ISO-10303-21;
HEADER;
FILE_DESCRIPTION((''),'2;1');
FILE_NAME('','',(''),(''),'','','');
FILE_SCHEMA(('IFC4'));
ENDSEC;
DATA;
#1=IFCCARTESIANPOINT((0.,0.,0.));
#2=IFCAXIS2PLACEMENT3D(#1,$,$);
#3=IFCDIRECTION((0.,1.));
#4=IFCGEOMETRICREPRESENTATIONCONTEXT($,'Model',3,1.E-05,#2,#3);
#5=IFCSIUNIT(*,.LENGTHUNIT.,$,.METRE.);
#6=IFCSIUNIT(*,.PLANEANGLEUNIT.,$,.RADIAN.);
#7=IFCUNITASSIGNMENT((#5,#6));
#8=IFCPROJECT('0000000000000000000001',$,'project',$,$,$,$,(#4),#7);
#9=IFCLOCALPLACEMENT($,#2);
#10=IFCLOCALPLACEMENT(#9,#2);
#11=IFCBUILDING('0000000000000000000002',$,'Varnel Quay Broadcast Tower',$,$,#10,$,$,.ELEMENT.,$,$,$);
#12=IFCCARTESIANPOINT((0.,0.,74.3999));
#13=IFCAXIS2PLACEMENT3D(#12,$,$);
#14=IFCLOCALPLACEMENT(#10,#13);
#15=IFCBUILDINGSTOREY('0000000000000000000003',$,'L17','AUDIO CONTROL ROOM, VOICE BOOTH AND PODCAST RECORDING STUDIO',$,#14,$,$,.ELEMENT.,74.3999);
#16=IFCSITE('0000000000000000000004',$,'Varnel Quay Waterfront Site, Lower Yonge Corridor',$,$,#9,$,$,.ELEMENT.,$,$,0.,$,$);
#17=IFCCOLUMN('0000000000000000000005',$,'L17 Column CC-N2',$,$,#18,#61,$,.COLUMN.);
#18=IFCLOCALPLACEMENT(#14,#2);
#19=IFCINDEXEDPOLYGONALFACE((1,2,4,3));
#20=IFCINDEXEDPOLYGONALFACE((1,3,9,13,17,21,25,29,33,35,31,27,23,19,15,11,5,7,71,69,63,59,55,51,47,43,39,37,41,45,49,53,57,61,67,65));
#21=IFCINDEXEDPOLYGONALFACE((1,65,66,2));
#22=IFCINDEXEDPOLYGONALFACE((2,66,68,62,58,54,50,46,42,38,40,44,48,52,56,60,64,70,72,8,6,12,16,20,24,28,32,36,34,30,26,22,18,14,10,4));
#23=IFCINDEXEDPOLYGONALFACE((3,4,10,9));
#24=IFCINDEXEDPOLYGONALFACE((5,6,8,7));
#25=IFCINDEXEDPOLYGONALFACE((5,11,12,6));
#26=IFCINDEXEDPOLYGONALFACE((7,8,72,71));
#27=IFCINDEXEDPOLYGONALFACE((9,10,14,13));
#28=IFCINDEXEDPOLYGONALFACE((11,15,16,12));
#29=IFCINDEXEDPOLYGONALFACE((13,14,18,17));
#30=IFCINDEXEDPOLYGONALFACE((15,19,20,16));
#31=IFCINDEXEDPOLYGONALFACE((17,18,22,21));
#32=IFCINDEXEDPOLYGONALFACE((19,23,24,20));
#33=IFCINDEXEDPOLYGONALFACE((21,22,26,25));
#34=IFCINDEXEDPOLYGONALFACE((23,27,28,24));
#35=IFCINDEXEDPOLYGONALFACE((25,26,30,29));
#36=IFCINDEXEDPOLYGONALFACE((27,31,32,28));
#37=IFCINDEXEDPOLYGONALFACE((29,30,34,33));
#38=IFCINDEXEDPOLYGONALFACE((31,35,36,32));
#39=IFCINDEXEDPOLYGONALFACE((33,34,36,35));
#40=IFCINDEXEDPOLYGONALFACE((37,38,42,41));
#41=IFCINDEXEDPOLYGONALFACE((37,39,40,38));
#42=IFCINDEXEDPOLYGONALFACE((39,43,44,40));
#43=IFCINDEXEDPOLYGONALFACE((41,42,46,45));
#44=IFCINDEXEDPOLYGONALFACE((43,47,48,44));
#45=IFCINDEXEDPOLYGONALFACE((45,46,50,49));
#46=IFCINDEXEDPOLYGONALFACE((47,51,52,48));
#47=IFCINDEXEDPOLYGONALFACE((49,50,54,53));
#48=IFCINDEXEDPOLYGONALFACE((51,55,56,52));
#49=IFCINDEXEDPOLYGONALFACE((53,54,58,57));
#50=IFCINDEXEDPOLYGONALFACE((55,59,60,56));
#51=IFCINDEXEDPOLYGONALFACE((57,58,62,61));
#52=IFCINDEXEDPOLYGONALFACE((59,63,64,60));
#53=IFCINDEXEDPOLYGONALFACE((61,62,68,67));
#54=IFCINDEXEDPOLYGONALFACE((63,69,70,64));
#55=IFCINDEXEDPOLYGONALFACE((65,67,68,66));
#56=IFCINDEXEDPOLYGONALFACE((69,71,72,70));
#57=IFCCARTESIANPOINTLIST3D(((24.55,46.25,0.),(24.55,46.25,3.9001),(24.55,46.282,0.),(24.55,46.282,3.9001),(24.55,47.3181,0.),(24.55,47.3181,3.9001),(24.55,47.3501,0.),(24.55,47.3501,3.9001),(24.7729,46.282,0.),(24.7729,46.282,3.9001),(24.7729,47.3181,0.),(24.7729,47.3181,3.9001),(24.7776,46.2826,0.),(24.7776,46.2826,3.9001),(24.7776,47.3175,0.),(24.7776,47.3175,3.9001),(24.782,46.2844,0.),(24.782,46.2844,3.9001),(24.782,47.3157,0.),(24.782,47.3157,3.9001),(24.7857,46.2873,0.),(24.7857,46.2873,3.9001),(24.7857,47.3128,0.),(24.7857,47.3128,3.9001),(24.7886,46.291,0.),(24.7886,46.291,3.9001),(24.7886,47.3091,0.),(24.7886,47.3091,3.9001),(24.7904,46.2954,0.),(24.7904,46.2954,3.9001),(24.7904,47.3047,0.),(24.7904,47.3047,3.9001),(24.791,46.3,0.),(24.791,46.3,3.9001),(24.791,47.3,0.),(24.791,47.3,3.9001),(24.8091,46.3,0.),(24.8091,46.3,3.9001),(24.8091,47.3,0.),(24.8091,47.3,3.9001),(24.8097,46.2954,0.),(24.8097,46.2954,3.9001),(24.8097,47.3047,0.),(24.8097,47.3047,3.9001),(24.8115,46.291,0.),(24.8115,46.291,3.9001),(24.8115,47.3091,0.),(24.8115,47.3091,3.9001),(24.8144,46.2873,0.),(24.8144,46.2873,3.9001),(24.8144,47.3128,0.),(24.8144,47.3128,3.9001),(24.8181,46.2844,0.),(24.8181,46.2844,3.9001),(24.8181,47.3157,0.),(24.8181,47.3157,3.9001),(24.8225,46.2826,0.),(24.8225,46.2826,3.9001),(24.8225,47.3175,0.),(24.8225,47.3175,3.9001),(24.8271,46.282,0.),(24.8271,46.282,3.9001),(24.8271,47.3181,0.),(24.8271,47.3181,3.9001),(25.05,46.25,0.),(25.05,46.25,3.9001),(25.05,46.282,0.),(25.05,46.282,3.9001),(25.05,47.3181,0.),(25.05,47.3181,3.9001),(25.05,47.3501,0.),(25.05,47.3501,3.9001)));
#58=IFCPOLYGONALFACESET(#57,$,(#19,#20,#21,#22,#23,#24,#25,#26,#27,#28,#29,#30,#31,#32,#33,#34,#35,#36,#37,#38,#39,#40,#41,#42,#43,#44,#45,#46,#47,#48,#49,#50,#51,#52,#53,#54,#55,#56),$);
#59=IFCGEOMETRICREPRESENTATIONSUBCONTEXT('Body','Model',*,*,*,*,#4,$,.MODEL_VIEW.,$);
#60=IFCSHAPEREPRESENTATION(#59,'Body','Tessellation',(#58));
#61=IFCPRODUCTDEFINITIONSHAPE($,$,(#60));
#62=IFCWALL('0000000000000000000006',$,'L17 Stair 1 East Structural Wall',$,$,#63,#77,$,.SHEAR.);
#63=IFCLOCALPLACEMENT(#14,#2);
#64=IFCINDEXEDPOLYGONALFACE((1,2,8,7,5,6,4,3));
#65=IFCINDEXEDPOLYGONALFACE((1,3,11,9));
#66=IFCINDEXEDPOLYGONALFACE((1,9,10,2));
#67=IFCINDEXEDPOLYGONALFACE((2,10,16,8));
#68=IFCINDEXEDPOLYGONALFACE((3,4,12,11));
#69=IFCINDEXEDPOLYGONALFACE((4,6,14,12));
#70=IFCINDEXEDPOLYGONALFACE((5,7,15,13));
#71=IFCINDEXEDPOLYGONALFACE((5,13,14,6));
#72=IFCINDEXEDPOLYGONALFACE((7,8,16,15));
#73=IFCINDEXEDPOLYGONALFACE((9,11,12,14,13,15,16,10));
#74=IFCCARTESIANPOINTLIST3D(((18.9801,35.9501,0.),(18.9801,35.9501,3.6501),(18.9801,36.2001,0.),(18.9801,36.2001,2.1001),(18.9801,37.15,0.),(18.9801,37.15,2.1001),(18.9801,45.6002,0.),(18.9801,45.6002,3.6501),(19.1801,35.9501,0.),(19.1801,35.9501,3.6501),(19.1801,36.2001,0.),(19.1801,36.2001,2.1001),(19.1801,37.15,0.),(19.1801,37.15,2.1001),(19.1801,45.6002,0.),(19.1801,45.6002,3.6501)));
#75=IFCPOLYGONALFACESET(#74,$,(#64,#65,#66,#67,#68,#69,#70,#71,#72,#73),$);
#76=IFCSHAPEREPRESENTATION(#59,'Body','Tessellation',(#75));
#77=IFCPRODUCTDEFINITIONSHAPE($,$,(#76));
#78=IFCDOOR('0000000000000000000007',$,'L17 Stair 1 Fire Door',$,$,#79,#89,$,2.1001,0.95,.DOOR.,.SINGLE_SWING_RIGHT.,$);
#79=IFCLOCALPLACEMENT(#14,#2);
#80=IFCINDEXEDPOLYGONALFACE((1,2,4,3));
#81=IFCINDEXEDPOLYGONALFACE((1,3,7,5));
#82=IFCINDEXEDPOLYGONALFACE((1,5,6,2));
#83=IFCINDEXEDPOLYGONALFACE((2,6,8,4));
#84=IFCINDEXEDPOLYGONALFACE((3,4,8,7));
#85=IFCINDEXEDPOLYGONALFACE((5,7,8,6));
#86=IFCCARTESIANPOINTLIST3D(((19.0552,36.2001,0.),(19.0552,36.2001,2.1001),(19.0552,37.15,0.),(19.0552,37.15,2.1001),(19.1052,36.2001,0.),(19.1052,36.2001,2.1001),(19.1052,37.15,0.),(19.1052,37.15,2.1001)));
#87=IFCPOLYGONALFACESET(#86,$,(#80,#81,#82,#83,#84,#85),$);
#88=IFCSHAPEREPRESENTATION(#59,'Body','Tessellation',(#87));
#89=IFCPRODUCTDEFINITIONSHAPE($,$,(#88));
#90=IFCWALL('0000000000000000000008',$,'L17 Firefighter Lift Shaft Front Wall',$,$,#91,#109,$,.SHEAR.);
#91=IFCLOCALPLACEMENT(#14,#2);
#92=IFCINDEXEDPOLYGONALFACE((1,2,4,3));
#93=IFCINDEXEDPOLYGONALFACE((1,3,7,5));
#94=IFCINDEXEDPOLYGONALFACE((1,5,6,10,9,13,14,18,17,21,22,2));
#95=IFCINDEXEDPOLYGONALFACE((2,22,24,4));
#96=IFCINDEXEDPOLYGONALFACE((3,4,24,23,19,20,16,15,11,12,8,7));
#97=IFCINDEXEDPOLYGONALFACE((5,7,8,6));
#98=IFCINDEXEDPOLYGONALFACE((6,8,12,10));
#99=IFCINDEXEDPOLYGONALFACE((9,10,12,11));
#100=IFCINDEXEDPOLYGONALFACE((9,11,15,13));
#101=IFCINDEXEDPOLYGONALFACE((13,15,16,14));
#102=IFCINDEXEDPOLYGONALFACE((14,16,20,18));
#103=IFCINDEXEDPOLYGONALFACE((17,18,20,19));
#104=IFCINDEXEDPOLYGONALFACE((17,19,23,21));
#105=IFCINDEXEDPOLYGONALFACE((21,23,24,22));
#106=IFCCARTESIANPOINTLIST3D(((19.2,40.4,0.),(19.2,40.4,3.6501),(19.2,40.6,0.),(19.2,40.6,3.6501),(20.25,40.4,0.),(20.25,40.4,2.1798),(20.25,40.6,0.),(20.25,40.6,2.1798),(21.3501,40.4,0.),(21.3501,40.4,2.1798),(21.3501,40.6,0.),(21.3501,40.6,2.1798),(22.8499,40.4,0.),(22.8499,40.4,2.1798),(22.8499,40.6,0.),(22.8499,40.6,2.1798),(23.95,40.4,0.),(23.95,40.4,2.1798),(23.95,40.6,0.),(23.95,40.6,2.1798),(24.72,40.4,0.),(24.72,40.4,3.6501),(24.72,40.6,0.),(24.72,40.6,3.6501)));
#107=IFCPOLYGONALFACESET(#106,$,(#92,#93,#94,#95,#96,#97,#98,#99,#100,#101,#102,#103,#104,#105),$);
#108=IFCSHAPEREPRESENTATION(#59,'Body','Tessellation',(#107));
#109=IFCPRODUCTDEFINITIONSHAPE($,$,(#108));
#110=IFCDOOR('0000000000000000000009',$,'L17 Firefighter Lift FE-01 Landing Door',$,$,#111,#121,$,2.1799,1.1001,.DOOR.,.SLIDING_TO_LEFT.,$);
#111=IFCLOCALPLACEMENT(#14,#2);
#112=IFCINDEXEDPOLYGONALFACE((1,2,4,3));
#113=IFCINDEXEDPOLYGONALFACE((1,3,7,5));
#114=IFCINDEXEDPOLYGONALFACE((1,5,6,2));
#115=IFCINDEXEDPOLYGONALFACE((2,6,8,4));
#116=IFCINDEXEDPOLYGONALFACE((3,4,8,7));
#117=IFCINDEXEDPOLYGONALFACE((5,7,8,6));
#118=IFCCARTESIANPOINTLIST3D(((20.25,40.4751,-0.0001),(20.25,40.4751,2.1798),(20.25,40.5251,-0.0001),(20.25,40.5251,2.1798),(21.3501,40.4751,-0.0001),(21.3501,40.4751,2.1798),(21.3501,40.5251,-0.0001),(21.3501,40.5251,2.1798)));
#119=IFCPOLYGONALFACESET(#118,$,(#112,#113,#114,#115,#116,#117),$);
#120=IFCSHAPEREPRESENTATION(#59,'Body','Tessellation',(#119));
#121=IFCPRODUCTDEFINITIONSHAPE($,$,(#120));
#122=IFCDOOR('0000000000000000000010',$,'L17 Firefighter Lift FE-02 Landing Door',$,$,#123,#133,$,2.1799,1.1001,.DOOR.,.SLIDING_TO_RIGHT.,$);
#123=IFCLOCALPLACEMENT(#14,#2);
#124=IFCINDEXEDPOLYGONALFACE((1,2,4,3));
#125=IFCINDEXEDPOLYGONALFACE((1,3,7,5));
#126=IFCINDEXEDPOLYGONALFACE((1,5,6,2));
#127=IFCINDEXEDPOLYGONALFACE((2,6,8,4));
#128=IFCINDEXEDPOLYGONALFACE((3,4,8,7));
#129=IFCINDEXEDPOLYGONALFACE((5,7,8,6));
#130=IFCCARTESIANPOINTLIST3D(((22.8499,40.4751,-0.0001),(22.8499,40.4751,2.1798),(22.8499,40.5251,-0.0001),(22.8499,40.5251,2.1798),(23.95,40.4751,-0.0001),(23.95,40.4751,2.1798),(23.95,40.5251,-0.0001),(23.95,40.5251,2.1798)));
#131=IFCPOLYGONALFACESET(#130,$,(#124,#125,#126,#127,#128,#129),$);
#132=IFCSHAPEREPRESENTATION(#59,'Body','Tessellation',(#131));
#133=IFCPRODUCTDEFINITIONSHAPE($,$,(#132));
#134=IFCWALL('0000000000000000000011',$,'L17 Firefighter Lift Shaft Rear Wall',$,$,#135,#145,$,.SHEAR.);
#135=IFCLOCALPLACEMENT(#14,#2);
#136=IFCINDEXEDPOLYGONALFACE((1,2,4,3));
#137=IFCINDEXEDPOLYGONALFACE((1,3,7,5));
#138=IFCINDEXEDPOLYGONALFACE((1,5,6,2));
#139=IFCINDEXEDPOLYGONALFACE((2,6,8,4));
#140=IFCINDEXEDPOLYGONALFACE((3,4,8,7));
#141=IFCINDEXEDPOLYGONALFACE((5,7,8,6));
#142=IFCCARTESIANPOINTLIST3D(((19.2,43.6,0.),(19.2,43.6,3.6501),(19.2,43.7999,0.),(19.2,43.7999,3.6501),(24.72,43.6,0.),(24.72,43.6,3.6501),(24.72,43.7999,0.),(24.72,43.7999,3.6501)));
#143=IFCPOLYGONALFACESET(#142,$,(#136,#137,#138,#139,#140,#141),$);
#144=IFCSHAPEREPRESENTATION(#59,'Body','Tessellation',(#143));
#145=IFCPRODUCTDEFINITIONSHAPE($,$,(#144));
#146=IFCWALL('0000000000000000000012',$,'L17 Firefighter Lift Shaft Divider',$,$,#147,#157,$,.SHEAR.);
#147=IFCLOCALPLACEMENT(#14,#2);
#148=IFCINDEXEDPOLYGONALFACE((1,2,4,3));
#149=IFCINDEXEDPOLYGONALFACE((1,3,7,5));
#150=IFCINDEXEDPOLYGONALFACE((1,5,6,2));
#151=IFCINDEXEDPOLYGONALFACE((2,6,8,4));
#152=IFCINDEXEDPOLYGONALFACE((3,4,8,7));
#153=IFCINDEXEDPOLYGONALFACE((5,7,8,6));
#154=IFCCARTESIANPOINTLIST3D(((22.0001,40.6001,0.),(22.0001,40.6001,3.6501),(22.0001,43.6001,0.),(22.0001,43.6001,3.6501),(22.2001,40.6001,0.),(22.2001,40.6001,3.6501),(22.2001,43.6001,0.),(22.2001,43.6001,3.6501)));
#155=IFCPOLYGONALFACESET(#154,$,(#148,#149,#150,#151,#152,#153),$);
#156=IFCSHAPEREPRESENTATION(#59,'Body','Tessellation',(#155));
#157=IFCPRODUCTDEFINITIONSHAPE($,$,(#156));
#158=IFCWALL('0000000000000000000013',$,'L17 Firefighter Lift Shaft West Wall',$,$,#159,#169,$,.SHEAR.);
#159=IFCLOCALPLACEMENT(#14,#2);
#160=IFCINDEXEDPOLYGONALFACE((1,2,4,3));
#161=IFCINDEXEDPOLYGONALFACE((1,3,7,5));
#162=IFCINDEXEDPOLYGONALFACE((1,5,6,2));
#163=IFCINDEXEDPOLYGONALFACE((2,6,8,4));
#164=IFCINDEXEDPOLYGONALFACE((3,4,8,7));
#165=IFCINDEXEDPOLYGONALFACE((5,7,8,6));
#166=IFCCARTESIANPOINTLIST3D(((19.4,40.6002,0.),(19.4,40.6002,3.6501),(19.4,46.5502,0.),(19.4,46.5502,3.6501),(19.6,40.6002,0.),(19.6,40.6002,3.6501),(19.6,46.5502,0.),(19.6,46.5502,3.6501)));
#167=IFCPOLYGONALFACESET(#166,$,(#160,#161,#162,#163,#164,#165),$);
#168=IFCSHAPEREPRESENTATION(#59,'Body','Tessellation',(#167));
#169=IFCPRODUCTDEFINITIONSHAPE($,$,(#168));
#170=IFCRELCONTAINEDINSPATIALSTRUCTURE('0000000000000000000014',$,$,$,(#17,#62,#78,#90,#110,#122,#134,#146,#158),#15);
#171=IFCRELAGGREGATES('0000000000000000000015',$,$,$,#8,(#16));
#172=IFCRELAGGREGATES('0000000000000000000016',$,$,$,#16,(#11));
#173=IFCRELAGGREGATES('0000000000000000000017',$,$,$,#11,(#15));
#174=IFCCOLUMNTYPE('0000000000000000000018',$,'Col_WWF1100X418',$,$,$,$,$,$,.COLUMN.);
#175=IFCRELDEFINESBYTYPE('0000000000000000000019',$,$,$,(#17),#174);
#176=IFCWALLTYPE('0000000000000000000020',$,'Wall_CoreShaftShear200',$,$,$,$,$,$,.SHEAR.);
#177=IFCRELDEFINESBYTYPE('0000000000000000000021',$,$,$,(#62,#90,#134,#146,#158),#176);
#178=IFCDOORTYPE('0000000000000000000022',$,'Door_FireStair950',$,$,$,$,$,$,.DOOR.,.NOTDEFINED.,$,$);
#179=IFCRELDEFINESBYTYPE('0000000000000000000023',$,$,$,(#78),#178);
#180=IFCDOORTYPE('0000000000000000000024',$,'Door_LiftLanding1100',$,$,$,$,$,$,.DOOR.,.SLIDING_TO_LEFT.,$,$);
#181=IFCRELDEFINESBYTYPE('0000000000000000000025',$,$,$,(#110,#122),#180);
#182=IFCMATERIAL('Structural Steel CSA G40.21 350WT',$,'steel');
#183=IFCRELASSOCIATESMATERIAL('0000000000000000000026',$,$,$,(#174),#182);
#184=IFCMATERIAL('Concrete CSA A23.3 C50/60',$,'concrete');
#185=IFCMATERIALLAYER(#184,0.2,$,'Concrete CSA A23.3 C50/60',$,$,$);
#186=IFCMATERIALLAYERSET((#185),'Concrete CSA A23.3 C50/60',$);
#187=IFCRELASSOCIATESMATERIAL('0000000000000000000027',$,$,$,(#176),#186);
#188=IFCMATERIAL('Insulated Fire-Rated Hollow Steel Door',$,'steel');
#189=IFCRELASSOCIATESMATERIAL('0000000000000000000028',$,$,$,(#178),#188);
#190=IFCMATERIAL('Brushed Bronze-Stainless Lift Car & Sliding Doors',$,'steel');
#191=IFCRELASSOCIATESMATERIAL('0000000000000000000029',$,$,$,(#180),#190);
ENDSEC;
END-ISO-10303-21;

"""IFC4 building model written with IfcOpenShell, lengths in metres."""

from ifc_helpers import new_model, si_unit, direction, frame, frame_2d, origin, origin_2d, place, context, subcontext, project, spatial, rectangle, i_section, extrude, source, transform, mapped, material, layer, layer_set, material_profile, profile_set, type_object, type_shapes, element, fill, save


model = new_model("IFC4")

# Units and contexts
model_context = context("Model", 3, precision=1e-05, world=origin(), true_north=direction((0.0, 1.0)))
body_context = subcontext(model_context, "Body", "Model", "MODEL_VIEW")
ifc_project = project(units=[si_unit("LENGTHUNIT", "METRE"), si_unit("PLANEANGLEUNIT", "RADIAN")], contexts=[model_context])

# Site, building, storey
site_placement = place(None, origin())
site = spatial("IfcSite", under=ifc_project, at=site_placement, Name="Varnel Quay Waterfront Site, Lower Yonge Corridor", CompositionType="ELEMENT", RefElevation=0.0)
building_placement = place(site_placement, origin())
building = spatial("IfcBuilding", under=site, at=building_placement, Name="Varnel Quay Broadcast Tower", CompositionType="ELEMENT")
storey_placement = place(building_placement, frame((0.0, 0.0, 74.3999)))
storey = spatial("IfcBuildingStorey", under=building, at=storey_placement, Name="L17", Description="AUDIO CONTROL ROOM, VOICE BOOTH AND PODCAST RECORDING STUDIO", CompositionType="ELEMENT", Elevation=74.3999)

# Column
ifc_material_1 = material(Name="Structural Steel CSA G40.21 350WT", Category="steel")
ifc_material_profile = material_profile(ifc_material_1, i_section(OverallWidth=0.5, OverallDepth=1.1001, WebThickness=0.0181, FlangeThickness=0.032, FilletRadius=0.0181, at=origin_2d()), Name="WWF1100X418")
ifc_profile_set = profile_set([ifc_material_profile], Name="Structural Steel CSA G40.21 350WT")
column_type = type_object("IfcColumnType", Name="Col_WWF1100X418", PredefinedType="COLUMN", material=ifc_profile_set)
shared_shape_1 = source(origin(), body_context, "Body", "SweptSolid", [
    extrude(i_section(OverallWidth=0.5, OverallDepth=1.1001, WebThickness=0.0181, FlangeThickness=0.032, FilletRadius=0.0181, at=origin_2d()), origin(), (0.0, 0.0, 1.0), 3.9001),
])
type_shapes(column_type, [shared_shape_1])
column_placement = place(storey_placement, frame((24.8, 46.8, 0.0), z_axis=(0.0, 0.0, 1.0), x_axis=(1.0, 0.0, 0.0)))
element("IfcColumn", 1, at=column_placement, inside=storey, type_object=column_type, Name="L17 Column CC-N2", PredefinedType="COLUMN", context=body_context, shape_type="MappedRepresentation", body=[
    mapped(shared_shape_1, transform((0.0, 0.0, 0.0), x_axis=(1.0, 0.0, 0.0), y_axis=(0.0, 1.0, 0.0), z_axis=(0.0, 0.0, 1.0), scale=1.0)),
])

# Wall, opening, door
ifc_material_2 = material(Name="Concrete CSA A23.3 C50/60", Category="concrete")
ifc_layer_1 = layer(ifc_material_2, 0.2, Name="Concrete CSA A23.3 C50/60")
ifc_layer_set_1 = layer_set([ifc_layer_1], Name="Concrete CSA A23.3 C50/60")
wall_type_1 = type_object("IfcWallType", Name="Wall_CoreShaftShear200", PredefinedType="SHEAR", material=ifc_layer_set_1)
wall_1_placement = place(storey_placement, frame((19.0801, 35.95, 0.0), z_axis=(0.0, 0.0, 1.0), x_axis=(0.0, 1.0, 0.0)))
wall_1 = element("IfcWall", 2, at=wall_1_placement, inside=storey, type_object=wall_type_1, Name="L17 Stair 1 East Structural Wall", PredefinedType="SHEAR", context=body_context, shape_type="SweptSolid", body=[
    extrude(rectangle(XDim=9.6501, YDim=0.2, at=frame_2d((4.8252, 0.0))), origin(), (0.0, 0.0, 1.0), 3.6501),
])
opening_1_placement = place(wall_1_placement, frame((0.25, 0.0, 0.0)))
opening_1 = element("IfcOpeningElement", 3, at=opening_1_placement, cuts=wall_1, PredefinedType="OPENING", context=body_context, shape_type="SweptSolid", body=[
    extrude(rectangle(XDim=0.95, YDim=2.1001, at=frame_2d((0.4751, 1.05))), frame((0.0, 0.1099, 0.0), z_axis=(0.0, -1.0, 0.0), x_axis=(1.0, 0.0, 0.0)), (0.0, 0.0, 1.0), 0.22),
])
ifc_material_3 = material(Name="Insulated Fire-Rated Hollow Steel Door", Category="steel")
door_type_1 = type_object("IfcDoorType", Name="Door_FireStair950", OperationType="NOTDEFINED", PredefinedType="DOOR", material=ifc_material_3)
shared_shape_2 = source(origin(), body_context, "Body", "SweptSolid", [
    extrude(rectangle(XDim=0.95, YDim=2.1001, at=frame_2d((0.4751, 1.05))), frame((0.0, 0.0249, 0.0), z_axis=(0.0, -1.0, 0.0), x_axis=(1.0, 0.0, 0.0)), (0.0, 0.0, 1.0), 0.05),
])
type_shapes(door_type_1, [shared_shape_2])
door_1_placement = place(opening_1_placement, origin())
door_1 = element("IfcDoor", 4, at=door_1_placement, inside=storey, type_object=door_type_1, Name="L17 Stair 1 Fire Door", OperationType="SINGLE_SWING_RIGHT", OverallHeight=2.1001, OverallWidth=0.95, PredefinedType="DOOR", context=body_context, shape_type="MappedRepresentation", body=[
    mapped(shared_shape_2, transform((0.0, 0.0, 0.0), x_axis=(1.0, 0.0, 0.0), y_axis=(0.0, 1.0, 0.0), z_axis=(0.0, 0.0, 1.0), scale=1.0)),
])
fill(opening_1, door_1)

# Wall, openings, doors
wall_2_placement = place(storey_placement, frame((19.2, 40.5, 0.0), z_axis=(0.0, 0.0, 1.0), x_axis=(1.0, 0.0, 0.0)))
wall_2 = element("IfcWall", 5, at=wall_2_placement, inside=storey, type_object=wall_type_1, Name="L17 Firefighter Lift Shaft Front Wall", PredefinedType="SHEAR", context=body_context, shape_type="SweptSolid", body=[
    extrude(rectangle(XDim=5.52, YDim=0.2, at=frame_2d((2.76, 0.0))), origin(), (0.0, 0.0, 1.0), 3.6501),
])
opening_2_placement = place(wall_2_placement, frame((1.05, 0.0, 0.0)))
opening_2 = element("IfcOpeningElement", 6, at=opening_2_placement, cuts=wall_2, PredefinedType="OPENING", context=body_context, shape_type="SweptSolid", body=[
    extrude(rectangle(XDim=1.1001, YDim=2.1799, at=frame_2d((0.55, 1.0898))), frame((0.0, 0.1099, 0.0), z_axis=(0.0, -1.0, 0.0), x_axis=(1.0, 0.0, 0.0)), (0.0, 0.0, 1.0), 0.22),
])
opening_3_placement = place(wall_2_placement, frame((3.6499, 0.0, 0.0)))
opening_3 = element("IfcOpeningElement", 7, at=opening_3_placement, cuts=wall_2, PredefinedType="OPENING", context=body_context, shape_type="SweptSolid", body=[
    extrude(rectangle(XDim=1.1001, YDim=2.1799, at=frame_2d((0.55, 1.0898))), frame((0.0, 0.1099, 0.0), z_axis=(0.0, -1.0, 0.0), x_axis=(1.0, 0.0, 0.0)), (0.0, 0.0, 1.0), 0.22),
])
ifc_material_4 = material(Name="Brushed Bronze-Stainless Lift Car & Sliding Doors", Category="steel")
door_type_2 = type_object("IfcDoorType", Name="Door_LiftLanding1100", OperationType="SLIDING_TO_LEFT", PredefinedType="DOOR", material=ifc_material_4)
shared_shape_3 = source(origin(), body_context, "Body", "SweptSolid", [
    extrude(rectangle(XDim=1.1001, YDim=2.1799, at=frame_2d((0.55, 1.0898))), frame((0.0, 0.0249, 0.0), z_axis=(0.0, -1.0, 0.0), x_axis=(1.0, 0.0, 0.0)), (0.0, 0.0, 1.0), 0.05),
])
type_shapes(door_type_2, [shared_shape_3])
door_2_placement = place(opening_2_placement, frame((1.1001, 0.0, 0.0), z_axis=(0.0, 0.0, 1.0), x_axis=(-1.0, 0.0, 0.0)))
door_2 = element("IfcDoor", 8, at=door_2_placement, inside=storey, type_object=door_type_2, Name="L17 Firefighter Lift FE-01 Landing Door", OperationType="SLIDING_TO_LEFT", OverallHeight=2.1799, OverallWidth=1.1001, PredefinedType="DOOR", context=body_context, shape_type="MappedRepresentation", body=[
    mapped(shared_shape_3, transform((0.0, 0.0, 0.0), x_axis=(1.0, 0.0, 0.0), y_axis=(0.0, 1.0, 0.0), z_axis=(0.0, 0.0, 1.0), scale=1.0)),
])
fill(opening_2, door_2)
door_3_placement = place(opening_3_placement, frame((1.1001, 0.0, 0.0), z_axis=(0.0, 0.0, 1.0), x_axis=(-1.0, 0.0, 0.0)))
door_3 = element("IfcDoor", 9, at=door_3_placement, inside=storey, type_object=door_type_2, Name="L17 Firefighter Lift FE-02 Landing Door", OperationType="SLIDING_TO_RIGHT", OverallHeight=2.1799, OverallWidth=1.1001, PredefinedType="DOOR", context=body_context, shape_type="MappedRepresentation", body=[
    mapped(shared_shape_3, transform((0.0, 0.0, 0.0), x_axis=(1.0, 0.0, 0.0), y_axis=(0.0, 1.0, 0.0), z_axis=(0.0, 0.0, 1.0), scale=1.0)),
])
fill(opening_3, door_3)

# Walls
wall_3_placement = place(storey_placement, frame((19.2, 43.7, 0.0), z_axis=(0.0, 0.0, 1.0), x_axis=(1.0, 0.0, 0.0)))
element("IfcWall", 10, at=wall_3_placement, inside=storey, type_object=wall_type_1, Name="L17 Firefighter Lift Shaft Rear Wall", PredefinedType="SHEAR", context=body_context, shape_type="SweptSolid", body=[
    extrude(rectangle(XDim=5.52, YDim=0.2, at=frame_2d((2.76, 0.0))), origin(), (0.0, 0.0, 1.0), 3.6501),
])
wall_4_placement = place(storey_placement, frame((22.1001, 40.6001, 0.0), z_axis=(0.0, 0.0, 1.0), x_axis=(0.0, 1.0, 0.0)))
element("IfcWall", 11, at=wall_4_placement, inside=storey, type_object=wall_type_1, Name="L17 Firefighter Lift Shaft Divider", PredefinedType="SHEAR", context=body_context, shape_type="SweptSolid", body=[
    extrude(rectangle(XDim=3.0, YDim=0.2, at=frame_2d((1.5, 0.0))), origin(), (0.0, 0.0, 1.0), 3.6501),
])
wall_5_placement = place(storey_placement, frame((19.5, 40.6001, 0.0), z_axis=(0.0, 0.0, 1.0), x_axis=(0.0, 1.0, 0.0)))
element("IfcWall", 12, at=wall_5_placement, inside=storey, type_object=wall_type_1, Name="L17 Firefighter Lift Shaft West Wall", PredefinedType="SHEAR", context=body_context, shape_type="SweptSolid", body=[
    extrude(rectangle(XDim=5.95, YDim=0.2, at=frame_2d((2.9751, 0.0))), origin(), (0.0, 0.0, 1.0), 3.6501),
])

save(model, "model.ifc")
